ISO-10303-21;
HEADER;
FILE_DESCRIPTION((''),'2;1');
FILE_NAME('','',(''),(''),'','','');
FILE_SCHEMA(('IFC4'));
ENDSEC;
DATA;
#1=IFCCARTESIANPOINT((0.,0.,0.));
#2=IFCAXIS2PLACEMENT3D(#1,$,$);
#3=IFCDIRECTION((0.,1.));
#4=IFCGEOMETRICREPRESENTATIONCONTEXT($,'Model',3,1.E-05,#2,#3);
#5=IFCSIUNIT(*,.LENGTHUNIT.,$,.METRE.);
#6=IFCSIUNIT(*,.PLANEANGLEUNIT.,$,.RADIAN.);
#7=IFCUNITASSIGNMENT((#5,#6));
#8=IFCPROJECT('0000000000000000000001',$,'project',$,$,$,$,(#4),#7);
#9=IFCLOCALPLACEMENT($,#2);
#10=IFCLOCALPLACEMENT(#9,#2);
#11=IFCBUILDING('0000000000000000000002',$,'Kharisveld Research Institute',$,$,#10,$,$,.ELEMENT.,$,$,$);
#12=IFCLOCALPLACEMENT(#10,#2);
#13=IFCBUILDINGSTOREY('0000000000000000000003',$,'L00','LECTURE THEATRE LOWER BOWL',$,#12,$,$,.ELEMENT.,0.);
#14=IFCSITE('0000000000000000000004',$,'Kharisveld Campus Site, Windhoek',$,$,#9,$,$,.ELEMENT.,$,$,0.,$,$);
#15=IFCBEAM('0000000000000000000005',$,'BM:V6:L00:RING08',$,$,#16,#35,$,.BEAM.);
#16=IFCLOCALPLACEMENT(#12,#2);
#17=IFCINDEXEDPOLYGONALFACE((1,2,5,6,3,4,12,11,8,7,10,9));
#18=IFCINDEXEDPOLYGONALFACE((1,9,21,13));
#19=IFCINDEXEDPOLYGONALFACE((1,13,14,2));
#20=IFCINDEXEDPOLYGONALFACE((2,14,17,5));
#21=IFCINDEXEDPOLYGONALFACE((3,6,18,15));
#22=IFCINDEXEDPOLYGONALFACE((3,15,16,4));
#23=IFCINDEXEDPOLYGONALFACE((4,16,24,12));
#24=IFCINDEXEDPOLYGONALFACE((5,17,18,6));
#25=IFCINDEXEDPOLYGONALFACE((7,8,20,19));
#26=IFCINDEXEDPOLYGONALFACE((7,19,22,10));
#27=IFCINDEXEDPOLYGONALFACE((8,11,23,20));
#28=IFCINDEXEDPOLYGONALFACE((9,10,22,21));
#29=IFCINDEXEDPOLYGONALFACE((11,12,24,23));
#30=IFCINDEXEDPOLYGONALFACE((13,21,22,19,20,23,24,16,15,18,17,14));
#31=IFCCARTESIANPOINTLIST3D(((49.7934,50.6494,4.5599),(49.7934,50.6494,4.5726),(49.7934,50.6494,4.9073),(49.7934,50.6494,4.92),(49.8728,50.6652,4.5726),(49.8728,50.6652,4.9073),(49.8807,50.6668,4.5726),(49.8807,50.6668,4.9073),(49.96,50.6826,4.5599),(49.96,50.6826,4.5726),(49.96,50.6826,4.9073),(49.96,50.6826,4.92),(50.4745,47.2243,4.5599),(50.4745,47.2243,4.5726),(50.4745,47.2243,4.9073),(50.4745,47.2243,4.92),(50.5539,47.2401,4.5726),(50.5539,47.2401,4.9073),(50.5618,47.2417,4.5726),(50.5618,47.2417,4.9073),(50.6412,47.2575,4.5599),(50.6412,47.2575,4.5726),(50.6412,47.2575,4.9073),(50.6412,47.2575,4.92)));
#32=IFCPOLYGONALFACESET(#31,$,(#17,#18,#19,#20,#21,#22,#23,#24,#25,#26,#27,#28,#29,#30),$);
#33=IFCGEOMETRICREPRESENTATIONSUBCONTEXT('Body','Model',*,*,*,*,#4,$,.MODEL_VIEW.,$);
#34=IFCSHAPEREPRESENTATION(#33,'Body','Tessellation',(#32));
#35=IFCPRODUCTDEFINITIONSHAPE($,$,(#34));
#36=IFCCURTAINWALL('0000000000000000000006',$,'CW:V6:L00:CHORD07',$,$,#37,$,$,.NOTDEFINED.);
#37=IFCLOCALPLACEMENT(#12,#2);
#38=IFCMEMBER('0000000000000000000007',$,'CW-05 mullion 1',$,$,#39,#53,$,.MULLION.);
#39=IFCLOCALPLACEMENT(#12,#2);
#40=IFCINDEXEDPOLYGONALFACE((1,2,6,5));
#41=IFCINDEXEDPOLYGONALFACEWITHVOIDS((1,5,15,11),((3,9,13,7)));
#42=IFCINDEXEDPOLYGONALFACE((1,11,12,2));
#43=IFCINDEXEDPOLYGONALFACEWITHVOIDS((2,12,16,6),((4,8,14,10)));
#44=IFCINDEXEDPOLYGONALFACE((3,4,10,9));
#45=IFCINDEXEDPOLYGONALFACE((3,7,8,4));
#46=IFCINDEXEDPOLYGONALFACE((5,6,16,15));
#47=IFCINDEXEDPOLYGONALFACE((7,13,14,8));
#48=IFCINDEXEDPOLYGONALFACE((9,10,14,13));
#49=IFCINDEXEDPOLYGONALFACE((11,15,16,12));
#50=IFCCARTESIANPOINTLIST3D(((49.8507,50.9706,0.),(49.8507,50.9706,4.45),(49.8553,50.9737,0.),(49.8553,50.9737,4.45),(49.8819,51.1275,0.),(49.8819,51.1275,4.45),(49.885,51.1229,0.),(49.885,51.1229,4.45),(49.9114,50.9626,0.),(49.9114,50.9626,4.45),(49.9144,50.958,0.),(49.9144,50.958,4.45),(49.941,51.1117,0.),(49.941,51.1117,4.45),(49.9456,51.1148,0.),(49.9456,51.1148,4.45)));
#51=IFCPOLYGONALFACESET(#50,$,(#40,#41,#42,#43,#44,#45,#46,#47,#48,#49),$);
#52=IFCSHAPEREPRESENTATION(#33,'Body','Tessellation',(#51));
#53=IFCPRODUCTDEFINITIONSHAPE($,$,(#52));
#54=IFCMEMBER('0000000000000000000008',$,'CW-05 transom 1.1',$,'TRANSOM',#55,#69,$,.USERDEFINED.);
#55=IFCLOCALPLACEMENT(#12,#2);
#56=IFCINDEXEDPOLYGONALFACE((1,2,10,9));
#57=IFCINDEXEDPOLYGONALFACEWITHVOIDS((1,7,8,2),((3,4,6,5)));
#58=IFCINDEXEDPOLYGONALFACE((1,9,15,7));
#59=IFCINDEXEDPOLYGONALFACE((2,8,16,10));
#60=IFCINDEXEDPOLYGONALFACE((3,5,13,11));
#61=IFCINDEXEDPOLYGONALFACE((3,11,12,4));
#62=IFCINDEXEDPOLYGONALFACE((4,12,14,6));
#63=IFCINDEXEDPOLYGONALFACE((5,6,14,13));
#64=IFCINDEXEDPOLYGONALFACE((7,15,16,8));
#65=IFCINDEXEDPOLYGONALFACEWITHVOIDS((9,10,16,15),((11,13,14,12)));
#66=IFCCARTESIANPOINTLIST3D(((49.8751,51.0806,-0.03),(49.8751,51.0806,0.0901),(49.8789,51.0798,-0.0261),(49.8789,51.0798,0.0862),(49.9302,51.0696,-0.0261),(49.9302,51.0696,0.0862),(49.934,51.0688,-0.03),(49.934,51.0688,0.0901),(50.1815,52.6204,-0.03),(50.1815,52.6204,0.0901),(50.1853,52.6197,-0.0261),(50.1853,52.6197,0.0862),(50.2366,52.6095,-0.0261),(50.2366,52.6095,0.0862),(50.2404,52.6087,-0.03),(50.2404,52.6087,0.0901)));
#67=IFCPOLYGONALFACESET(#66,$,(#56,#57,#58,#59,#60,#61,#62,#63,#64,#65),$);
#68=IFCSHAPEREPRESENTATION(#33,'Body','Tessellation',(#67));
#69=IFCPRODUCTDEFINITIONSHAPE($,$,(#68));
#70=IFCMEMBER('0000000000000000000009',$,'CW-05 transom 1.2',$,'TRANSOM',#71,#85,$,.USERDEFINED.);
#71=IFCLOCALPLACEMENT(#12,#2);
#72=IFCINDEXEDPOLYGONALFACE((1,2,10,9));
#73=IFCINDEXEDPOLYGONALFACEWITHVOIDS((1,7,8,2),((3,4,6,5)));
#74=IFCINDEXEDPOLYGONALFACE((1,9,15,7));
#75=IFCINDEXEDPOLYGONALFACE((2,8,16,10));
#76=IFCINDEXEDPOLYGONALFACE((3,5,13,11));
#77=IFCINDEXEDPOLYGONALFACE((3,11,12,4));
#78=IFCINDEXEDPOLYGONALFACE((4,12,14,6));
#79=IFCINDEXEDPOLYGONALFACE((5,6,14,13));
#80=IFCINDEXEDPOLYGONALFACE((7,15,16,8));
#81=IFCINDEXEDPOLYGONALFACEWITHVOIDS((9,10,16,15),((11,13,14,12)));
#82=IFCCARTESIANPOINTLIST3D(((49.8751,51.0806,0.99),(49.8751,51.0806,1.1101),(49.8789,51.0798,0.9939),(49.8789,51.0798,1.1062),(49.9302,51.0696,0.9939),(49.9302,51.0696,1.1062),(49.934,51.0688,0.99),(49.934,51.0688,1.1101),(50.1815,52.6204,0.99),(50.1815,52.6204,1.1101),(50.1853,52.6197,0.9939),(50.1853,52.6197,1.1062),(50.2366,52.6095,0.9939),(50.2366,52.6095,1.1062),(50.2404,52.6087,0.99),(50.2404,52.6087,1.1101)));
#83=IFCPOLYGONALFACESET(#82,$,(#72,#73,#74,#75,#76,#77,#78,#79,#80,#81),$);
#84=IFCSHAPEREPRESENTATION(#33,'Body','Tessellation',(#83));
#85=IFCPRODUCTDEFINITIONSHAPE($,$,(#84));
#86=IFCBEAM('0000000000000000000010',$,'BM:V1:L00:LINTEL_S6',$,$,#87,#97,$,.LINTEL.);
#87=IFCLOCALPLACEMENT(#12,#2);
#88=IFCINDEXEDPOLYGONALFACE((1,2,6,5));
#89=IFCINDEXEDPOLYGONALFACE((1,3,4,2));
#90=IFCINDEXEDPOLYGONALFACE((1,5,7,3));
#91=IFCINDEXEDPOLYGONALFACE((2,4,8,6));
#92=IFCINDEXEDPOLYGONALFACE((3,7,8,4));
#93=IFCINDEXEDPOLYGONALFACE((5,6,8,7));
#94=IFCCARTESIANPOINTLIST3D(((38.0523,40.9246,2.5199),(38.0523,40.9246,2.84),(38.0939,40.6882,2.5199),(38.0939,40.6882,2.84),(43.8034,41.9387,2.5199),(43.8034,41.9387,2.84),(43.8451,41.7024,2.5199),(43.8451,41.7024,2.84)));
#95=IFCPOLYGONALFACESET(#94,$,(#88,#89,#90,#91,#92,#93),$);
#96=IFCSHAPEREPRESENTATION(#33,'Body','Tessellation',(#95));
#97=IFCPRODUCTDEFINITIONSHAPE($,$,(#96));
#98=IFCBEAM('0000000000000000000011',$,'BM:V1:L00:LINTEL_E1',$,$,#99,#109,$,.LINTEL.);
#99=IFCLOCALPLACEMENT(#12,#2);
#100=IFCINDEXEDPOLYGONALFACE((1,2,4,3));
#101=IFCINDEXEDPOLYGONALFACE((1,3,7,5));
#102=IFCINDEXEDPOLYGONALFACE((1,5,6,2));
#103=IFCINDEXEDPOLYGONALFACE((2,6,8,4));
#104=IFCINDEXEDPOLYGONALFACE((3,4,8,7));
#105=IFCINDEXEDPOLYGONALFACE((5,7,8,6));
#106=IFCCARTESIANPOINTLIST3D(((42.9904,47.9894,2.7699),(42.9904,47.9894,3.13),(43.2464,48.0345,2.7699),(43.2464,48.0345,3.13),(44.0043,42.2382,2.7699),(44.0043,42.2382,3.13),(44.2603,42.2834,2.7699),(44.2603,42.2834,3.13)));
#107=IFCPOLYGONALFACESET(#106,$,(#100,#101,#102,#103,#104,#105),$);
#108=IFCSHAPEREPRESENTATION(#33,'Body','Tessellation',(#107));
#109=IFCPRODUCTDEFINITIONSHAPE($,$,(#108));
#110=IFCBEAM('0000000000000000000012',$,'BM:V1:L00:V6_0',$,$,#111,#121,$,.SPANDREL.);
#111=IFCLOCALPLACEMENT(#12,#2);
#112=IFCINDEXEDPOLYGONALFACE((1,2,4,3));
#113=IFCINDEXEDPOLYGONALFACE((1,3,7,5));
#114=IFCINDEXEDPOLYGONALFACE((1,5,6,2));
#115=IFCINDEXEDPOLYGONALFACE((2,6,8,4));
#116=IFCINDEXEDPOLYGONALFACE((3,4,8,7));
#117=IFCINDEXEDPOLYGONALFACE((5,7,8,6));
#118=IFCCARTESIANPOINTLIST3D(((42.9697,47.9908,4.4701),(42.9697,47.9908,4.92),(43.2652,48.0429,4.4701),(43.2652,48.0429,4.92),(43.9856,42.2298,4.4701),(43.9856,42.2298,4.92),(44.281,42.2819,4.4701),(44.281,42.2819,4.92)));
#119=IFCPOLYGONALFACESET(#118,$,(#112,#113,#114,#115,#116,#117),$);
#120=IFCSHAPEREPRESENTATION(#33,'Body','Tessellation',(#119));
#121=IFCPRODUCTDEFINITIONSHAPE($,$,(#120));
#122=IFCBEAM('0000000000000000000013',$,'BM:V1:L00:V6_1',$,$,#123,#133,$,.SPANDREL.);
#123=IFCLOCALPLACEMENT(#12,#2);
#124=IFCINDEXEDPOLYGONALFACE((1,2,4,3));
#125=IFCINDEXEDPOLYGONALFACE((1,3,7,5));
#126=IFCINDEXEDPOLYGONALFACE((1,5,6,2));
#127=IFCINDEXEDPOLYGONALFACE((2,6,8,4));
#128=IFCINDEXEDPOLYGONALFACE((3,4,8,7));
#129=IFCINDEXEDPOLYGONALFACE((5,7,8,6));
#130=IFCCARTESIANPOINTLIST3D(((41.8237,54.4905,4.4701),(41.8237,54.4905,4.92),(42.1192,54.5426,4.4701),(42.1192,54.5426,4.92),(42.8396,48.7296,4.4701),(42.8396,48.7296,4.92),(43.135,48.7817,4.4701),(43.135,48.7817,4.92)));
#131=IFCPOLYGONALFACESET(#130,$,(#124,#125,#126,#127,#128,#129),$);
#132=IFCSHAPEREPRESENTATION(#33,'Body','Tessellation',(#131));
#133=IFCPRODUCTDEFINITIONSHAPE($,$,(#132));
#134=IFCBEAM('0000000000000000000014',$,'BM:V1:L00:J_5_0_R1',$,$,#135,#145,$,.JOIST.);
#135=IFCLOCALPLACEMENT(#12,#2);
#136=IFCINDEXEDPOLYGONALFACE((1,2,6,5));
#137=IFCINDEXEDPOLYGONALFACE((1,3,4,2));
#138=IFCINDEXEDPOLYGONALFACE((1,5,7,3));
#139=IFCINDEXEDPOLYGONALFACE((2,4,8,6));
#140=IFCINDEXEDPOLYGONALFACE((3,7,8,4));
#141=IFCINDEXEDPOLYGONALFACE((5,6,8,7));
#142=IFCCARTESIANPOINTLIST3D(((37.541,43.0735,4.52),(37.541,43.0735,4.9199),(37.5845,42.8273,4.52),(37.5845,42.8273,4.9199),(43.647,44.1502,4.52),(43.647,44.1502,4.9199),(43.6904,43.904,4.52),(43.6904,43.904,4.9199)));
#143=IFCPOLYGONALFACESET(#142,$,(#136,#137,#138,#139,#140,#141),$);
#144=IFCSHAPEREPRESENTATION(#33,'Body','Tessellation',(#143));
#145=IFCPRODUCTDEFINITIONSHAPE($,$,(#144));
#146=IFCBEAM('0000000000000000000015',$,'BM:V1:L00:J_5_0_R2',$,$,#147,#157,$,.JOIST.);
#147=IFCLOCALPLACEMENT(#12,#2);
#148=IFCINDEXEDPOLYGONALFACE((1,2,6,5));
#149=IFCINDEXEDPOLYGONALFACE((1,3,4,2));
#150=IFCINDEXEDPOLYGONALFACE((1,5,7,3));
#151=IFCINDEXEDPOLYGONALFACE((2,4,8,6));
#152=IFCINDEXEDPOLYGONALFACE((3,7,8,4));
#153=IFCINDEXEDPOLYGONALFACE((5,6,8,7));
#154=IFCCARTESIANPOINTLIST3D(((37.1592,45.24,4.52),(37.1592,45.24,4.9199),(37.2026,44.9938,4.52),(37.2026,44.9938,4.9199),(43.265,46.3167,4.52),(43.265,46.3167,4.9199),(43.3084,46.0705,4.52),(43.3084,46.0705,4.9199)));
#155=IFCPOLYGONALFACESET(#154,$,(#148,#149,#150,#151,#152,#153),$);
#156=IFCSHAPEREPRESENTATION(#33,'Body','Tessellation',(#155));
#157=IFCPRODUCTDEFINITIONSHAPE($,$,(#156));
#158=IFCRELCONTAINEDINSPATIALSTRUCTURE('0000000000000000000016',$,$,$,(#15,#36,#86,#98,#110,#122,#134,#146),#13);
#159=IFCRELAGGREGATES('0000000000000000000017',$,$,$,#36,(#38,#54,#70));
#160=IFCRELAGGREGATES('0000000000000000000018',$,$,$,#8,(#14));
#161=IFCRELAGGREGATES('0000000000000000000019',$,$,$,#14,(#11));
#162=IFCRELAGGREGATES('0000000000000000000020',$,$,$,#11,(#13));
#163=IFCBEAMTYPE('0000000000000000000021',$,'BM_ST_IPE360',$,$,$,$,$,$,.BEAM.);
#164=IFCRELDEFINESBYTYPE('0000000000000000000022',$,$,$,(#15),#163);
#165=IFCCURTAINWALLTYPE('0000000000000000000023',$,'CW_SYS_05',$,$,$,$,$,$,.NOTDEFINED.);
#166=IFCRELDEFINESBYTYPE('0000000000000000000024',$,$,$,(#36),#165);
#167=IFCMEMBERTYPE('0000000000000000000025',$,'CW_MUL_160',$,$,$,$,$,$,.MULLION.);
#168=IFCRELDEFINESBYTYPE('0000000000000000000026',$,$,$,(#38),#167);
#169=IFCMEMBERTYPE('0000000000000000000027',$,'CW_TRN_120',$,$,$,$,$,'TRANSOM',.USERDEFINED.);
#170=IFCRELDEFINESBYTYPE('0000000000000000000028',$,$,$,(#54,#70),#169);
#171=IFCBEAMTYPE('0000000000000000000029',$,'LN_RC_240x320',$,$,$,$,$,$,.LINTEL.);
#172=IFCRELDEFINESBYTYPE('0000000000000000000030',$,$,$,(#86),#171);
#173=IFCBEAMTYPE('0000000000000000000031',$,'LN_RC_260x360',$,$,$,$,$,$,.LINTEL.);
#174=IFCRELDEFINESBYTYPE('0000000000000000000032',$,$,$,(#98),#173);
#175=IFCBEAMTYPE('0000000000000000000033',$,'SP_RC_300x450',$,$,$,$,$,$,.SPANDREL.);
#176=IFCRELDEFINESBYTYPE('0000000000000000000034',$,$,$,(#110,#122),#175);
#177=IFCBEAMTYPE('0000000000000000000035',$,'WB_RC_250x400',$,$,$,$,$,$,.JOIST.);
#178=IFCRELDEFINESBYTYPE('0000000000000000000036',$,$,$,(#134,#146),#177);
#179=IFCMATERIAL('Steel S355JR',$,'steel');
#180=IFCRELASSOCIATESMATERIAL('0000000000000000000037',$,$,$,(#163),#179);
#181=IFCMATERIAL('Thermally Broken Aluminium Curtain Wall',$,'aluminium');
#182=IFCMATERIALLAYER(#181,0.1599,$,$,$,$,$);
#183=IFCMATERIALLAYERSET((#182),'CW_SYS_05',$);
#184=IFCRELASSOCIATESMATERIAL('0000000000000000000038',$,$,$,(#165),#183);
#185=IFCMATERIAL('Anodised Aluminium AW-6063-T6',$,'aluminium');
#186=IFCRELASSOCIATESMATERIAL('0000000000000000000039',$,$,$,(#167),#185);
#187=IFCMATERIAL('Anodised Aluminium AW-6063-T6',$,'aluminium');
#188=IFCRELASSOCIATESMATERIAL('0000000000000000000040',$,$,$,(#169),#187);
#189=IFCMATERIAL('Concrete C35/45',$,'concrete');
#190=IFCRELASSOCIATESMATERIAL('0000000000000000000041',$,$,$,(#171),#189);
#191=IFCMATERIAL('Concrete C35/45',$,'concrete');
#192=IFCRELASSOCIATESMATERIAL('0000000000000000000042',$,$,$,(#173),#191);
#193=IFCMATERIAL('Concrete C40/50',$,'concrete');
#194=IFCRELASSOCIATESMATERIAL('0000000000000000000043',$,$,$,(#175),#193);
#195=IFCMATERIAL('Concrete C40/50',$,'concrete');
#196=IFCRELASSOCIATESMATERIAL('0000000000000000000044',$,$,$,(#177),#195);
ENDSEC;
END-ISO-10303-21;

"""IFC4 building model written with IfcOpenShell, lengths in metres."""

from ifc_helpers import new_model, si_unit, direction, frame, origin, origin_2d, place, context, subcontext, project, spatial, rectangle, hollow_rectangle, i_section, extrude, material, layer, layer_set, material_profile, profile_set, type_object, element, aggregate, save


model = new_model("IFC4")

# Units and contexts
model_context = context("Model", 3, precision=1e-05, world=origin(), true_north=direction((0.0, 1.0)))
body_context = subcontext(model_context, "Body", "Model", "MODEL_VIEW")
ifc_project = project(units=[si_unit("LENGTHUNIT", "METRE"), si_unit("PLANEANGLEUNIT", "RADIAN")], contexts=[model_context])

# Site, building, storey
site_placement = place(None, origin())
site = spatial("IfcSite", under=ifc_project, at=site_placement, Name="Kharisveld Campus Site, Windhoek", CompositionType="ELEMENT", RefElevation=0.0)
building_placement = place(site_placement, origin())
building = spatial("IfcBuilding", under=site, at=building_placement, Name="Kharisveld Research Institute", CompositionType="ELEMENT")
storey_placement = place(building_placement, origin())
storey = spatial("IfcBuildingStorey", under=building, at=storey_placement, Name="L00", Description="LECTURE THEATRE LOWER BOWL", CompositionType="ELEMENT", Elevation=0.0)

# Beam
ifc_material_1 = material(Name="Steel S355JR", Category="steel")
ifc_material_profile_1 = material_profile(ifc_material_1, i_section(OverallWidth=0.1699, OverallDepth=0.3601, WebThickness=0.0081, FlangeThickness=0.0127, at=origin_2d()))
ifc_profile_set_1 = profile_set([ifc_material_profile_1], Name="Steel S355JR")
beam_type_1 = type_object("IfcBeamType", Name="BM_ST_IPE360", PredefinedType="BEAM", material=ifc_profile_set_1)
beam_1_placement = place(storey_placement, frame((49.8767, 50.666, 4.74), z_axis=(0.195054, -0.980793, 0.0), x_axis=(0.980793, 0.195054, 0.0)))
element("IfcBeam", 1, at=beam_1_placement, inside=storey, type_object=beam_type_1, Name="BM:V6:L00:RING08", PredefinedType="BEAM", context=body_context, shape_type="SweptSolid", body=[
    extrude(i_section(OverallWidth=0.1699, OverallDepth=0.3601, WebThickness=0.0081, FlangeThickness=0.0127, at=origin_2d()), origin(), (0.0, 0.0, 1.0), 3.4922),
])

# Curtain wall, members
ifc_material_2 = material(Name="Thermally Broken Aluminium Curtain Wall", Category="aluminium")
ifc_layer_1 = layer(ifc_material_2, 0.1599)
ifc_layer_set_1 = layer_set([ifc_layer_1], Name="CW_SYS_05")
curtain_wall_type = type_object("IfcCurtainWallType", Name="CW_SYS_05", PredefinedType="NOTDEFINED", material=ifc_layer_set_1)
curtain_wall_placement = place(storey_placement, origin())
curtain_wall = element("IfcCurtainWall", 2, at=curtain_wall_placement, inside=storey, type_object=curtain_wall_type, Name="CW:V6:L00:CHORD07", PredefinedType="NOTDEFINED")
ifc_material_3 = material(Name="Anodised Aluminium AW-6063-T6", Category="aluminium")
ifc_material_profile_2 = material_profile(ifc_material_3, hollow_rectangle(XDim=0.0649, YDim=0.1599, WallThickness=0.0039, at=origin_2d()))
ifc_profile_set_2 = profile_set([ifc_material_profile_2], Name="Anodised Aluminium AW-6063-T6")
member_type_1 = type_object("IfcMemberType", Name="CW_MUL_160", PredefinedType="MULLION", material=ifc_profile_set_2)
member_1_placement = place(storey_placement, frame((49.8982, 51.0427, 0.0), z_axis=(0.0, 0.0, 1.0), x_axis=(-0.980785, 0.195091, 0.0)))
member_1 = element("IfcMember", 3, at=member_1_placement, type_object=member_type_1, Name="CW-05 mullion 1", PredefinedType="MULLION", context=body_context, shape_type="SweptSolid", body=[
    extrude(hollow_rectangle(XDim=0.0649, YDim=0.1599, WallThickness=0.0039, at=origin_2d()), origin(), (0.0, 0.0, 1.0), 4.45),
])
ifc_material_4 = material(Name="Anodised Aluminium AW-6063-T6", Category="aluminium")
ifc_material_profile_3 = material_profile(ifc_material_4, hollow_rectangle(XDim=0.0601, YDim=0.1201, WallThickness=0.0039, at=origin_2d()))
ifc_profile_set_3 = profile_set([ifc_material_profile_3], Name="Anodised Aluminium AW-6063-T6")
member_type_2 = type_object("IfcMemberType", Name="CW_TRN_120", ElementType="TRANSOM", PredefinedType="USERDEFINED", material=ifc_profile_set_3)
member_2_placement = place(storey_placement, frame((49.9045, 51.0747, 0.03), z_axis=(0.195159, 0.980772, 0.0), x_axis=(-0.980772, 0.195159, 0.0)))
member_2 = element("IfcMember", 4, at=member_2_placement, type_object=member_type_2, Name="CW-05 transom 1.1", ObjectType="TRANSOM", PredefinedType="USERDEFINED", context=body_context, shape_type="SweptSolid", body=[
    extrude(hollow_rectangle(XDim=0.0601, YDim=0.1201, WallThickness=0.0039, at=origin_2d()), origin(), (0.0, 0.0, 1.0), 1.5701),
])
member_3_placement = place(storey_placement, frame((49.9045, 51.0747, 1.05), z_axis=(0.195159, 0.980772, 0.0), x_axis=(-0.980772, 0.195159, 0.0)))
member_3 = element("IfcMember", 5, at=member_3_placement, type_object=member_type_2, Name="CW-05 transom 1.2", ObjectType="TRANSOM", PredefinedType="USERDEFINED", context=body_context, shape_type="SweptSolid", body=[
    extrude(hollow_rectangle(XDim=0.0601, YDim=0.1201, WallThickness=0.0039, at=origin_2d()), origin(), (0.0, 0.0, 1.0), 1.5701),
])
aggregate(curtain_wall, [member_1, member_2, member_3])

# Beams
ifc_material_5 = material(Name="Concrete C35/45", Category="concrete")
ifc_material_profile_4 = material_profile(ifc_material_5, rectangle(XDim=0.24, YDim=0.3201, at=origin_2d()))
ifc_profile_set_4 = profile_set([ifc_material_profile_4], Name="Concrete C35/45")
beam_type_2 = type_object("IfcBeamType", Name="LN_RC_240x320", PredefinedType="LINTEL", material=ifc_profile_set_4)
beam_2_placement = place(storey_placement, frame((43.8242, 41.8206, 2.6799), z_axis=(-0.984806, -0.173659, 0.0), x_axis=(0.173659, -0.984806, 0.0)))
element("IfcBeam", 6, at=beam_2_placement, inside=storey, type_object=beam_type_2, Name="BM:V1:L00:LINTEL_S6", PredefinedType="LINTEL", context=body_context, shape_type="SweptSolid", body=[
    extrude(rectangle(XDim=0.24, YDim=0.3201, at=origin_2d()), origin(), (0.0, 0.0, 1.0), 5.8398),
])
ifc_material_6 = material(Name="Concrete C35/45", Category="concrete")
ifc_material_profile_5 = material_profile(ifc_material_6, rectangle(XDim=0.26, YDim=0.3601, at=origin_2d()))
ifc_profile_set_5 = profile_set([ifc_material_profile_5], Name="Concrete C35/45")
beam_type_3 = type_object("IfcBeamType", Name="LN_RC_260x360", PredefinedType="LINTEL", material=ifc_profile_set_5)
beam_3_placement = place(storey_placement, frame((43.1184, 48.012, 2.95), z_axis=(0.173618, -0.984813, 0.0), x_axis=(0.984813, 0.173618, 0.0)))
element("IfcBeam", 7, at=beam_3_placement, inside=storey, type_object=beam_type_3, Name="BM:V1:L00:LINTEL_E1", PredefinedType="LINTEL", context=body_context, shape_type="SweptSolid", body=[
    extrude(rectangle(XDim=0.26, YDim=0.3601, at=origin_2d()), origin(), (0.0, 0.0, 1.0), 5.8398),
])
ifc_material_7 = material(Name="Concrete C40/50", Category="concrete")
ifc_material_profile_6 = material_profile(ifc_material_7, rectangle(XDim=0.3, YDim=0.45, at=origin_2d()))
ifc_profile_set_6 = profile_set([ifc_material_profile_6], Name="Concrete C40/50")
beam_type_4 = type_object("IfcBeamType", Name="SP_RC_300x450", PredefinedType="SPANDREL", material=ifc_profile_set_6)
for number, where, z_axis, x_axis, name in (
    (8, (44.1333, 42.2559, 4.6951), (-0.173657, 0.984806, 0.0), (-0.984806, -0.173657, 0.0), "BM:V1:L00:V6_0"),
    (9, (42.9873, 48.7556, 4.6951), (-0.173657, 0.984806, 0.0), (-0.984806, -0.173657, 0.0), "BM:V1:L00:V6_1"),
):
    element("IfcBeam", number, at=place(storey_placement, frame(where, z_axis=z_axis, x_axis=x_axis)), inside=storey, type_object=beam_type_4, Name=name, PredefinedType="SPANDREL", context=body_context, shape_type="SweptSolid", body=[
        extrude(rectangle(XDim=0.3, YDim=0.45, at=origin_2d()), origin(), (0.0, 0.0, 1.0), 5.8499),
    ])
ifc_material_8 = material(Name="Concrete C40/50", Category="concrete")
ifc_material_profile_7 = material_profile(ifc_material_8, rectangle(XDim=0.25, YDim=0.3999, at=origin_2d()))
ifc_profile_set_7 = profile_set([ifc_material_profile_7], Name="Concrete C40/50")
beam_type_5 = type_object("IfcBeamType", Name="WB_RC_250x400", PredefinedType="JOIST", material=ifc_profile_set_7)
beam_4_placement = place(storey_placement, frame((37.5627, 42.9504, 4.72), z_axis=(0.984807, 0.173651, 0.0), x_axis=(-0.173651, 0.984807, 0.0)))
element("IfcBeam", 10, at=beam_4_placement, inside=storey, type_object=beam_type_5, Name="BM:V1:L00:J_5_0_R1", PredefinedType="JOIST", context=body_context, shape_type="SweptSolid", body=[
    extrude(rectangle(XDim=0.25, YDim=0.3999, at=origin_2d()), origin(), (0.0, 0.0, 1.0), 6.2002),
])
beam_5_placement = place(storey_placement, frame((37.1809, 45.1169, 4.72), z_axis=(0.984806, 0.173657, 0.0), x_axis=(-0.173657, 0.984806, 0.0)))
element("IfcBeam", 11, at=beam_5_placement, inside=storey, type_object=beam_type_5, Name="BM:V1:L00:J_5_0_R2", PredefinedType="JOIST", context=body_context, shape_type="SweptSolid", body=[
    extrude(rectangle(XDim=0.25, YDim=0.3999, at=origin_2d()), origin(), (0.0, 0.0, 1.0), 6.2),
])

save(model, "model.ifc")
